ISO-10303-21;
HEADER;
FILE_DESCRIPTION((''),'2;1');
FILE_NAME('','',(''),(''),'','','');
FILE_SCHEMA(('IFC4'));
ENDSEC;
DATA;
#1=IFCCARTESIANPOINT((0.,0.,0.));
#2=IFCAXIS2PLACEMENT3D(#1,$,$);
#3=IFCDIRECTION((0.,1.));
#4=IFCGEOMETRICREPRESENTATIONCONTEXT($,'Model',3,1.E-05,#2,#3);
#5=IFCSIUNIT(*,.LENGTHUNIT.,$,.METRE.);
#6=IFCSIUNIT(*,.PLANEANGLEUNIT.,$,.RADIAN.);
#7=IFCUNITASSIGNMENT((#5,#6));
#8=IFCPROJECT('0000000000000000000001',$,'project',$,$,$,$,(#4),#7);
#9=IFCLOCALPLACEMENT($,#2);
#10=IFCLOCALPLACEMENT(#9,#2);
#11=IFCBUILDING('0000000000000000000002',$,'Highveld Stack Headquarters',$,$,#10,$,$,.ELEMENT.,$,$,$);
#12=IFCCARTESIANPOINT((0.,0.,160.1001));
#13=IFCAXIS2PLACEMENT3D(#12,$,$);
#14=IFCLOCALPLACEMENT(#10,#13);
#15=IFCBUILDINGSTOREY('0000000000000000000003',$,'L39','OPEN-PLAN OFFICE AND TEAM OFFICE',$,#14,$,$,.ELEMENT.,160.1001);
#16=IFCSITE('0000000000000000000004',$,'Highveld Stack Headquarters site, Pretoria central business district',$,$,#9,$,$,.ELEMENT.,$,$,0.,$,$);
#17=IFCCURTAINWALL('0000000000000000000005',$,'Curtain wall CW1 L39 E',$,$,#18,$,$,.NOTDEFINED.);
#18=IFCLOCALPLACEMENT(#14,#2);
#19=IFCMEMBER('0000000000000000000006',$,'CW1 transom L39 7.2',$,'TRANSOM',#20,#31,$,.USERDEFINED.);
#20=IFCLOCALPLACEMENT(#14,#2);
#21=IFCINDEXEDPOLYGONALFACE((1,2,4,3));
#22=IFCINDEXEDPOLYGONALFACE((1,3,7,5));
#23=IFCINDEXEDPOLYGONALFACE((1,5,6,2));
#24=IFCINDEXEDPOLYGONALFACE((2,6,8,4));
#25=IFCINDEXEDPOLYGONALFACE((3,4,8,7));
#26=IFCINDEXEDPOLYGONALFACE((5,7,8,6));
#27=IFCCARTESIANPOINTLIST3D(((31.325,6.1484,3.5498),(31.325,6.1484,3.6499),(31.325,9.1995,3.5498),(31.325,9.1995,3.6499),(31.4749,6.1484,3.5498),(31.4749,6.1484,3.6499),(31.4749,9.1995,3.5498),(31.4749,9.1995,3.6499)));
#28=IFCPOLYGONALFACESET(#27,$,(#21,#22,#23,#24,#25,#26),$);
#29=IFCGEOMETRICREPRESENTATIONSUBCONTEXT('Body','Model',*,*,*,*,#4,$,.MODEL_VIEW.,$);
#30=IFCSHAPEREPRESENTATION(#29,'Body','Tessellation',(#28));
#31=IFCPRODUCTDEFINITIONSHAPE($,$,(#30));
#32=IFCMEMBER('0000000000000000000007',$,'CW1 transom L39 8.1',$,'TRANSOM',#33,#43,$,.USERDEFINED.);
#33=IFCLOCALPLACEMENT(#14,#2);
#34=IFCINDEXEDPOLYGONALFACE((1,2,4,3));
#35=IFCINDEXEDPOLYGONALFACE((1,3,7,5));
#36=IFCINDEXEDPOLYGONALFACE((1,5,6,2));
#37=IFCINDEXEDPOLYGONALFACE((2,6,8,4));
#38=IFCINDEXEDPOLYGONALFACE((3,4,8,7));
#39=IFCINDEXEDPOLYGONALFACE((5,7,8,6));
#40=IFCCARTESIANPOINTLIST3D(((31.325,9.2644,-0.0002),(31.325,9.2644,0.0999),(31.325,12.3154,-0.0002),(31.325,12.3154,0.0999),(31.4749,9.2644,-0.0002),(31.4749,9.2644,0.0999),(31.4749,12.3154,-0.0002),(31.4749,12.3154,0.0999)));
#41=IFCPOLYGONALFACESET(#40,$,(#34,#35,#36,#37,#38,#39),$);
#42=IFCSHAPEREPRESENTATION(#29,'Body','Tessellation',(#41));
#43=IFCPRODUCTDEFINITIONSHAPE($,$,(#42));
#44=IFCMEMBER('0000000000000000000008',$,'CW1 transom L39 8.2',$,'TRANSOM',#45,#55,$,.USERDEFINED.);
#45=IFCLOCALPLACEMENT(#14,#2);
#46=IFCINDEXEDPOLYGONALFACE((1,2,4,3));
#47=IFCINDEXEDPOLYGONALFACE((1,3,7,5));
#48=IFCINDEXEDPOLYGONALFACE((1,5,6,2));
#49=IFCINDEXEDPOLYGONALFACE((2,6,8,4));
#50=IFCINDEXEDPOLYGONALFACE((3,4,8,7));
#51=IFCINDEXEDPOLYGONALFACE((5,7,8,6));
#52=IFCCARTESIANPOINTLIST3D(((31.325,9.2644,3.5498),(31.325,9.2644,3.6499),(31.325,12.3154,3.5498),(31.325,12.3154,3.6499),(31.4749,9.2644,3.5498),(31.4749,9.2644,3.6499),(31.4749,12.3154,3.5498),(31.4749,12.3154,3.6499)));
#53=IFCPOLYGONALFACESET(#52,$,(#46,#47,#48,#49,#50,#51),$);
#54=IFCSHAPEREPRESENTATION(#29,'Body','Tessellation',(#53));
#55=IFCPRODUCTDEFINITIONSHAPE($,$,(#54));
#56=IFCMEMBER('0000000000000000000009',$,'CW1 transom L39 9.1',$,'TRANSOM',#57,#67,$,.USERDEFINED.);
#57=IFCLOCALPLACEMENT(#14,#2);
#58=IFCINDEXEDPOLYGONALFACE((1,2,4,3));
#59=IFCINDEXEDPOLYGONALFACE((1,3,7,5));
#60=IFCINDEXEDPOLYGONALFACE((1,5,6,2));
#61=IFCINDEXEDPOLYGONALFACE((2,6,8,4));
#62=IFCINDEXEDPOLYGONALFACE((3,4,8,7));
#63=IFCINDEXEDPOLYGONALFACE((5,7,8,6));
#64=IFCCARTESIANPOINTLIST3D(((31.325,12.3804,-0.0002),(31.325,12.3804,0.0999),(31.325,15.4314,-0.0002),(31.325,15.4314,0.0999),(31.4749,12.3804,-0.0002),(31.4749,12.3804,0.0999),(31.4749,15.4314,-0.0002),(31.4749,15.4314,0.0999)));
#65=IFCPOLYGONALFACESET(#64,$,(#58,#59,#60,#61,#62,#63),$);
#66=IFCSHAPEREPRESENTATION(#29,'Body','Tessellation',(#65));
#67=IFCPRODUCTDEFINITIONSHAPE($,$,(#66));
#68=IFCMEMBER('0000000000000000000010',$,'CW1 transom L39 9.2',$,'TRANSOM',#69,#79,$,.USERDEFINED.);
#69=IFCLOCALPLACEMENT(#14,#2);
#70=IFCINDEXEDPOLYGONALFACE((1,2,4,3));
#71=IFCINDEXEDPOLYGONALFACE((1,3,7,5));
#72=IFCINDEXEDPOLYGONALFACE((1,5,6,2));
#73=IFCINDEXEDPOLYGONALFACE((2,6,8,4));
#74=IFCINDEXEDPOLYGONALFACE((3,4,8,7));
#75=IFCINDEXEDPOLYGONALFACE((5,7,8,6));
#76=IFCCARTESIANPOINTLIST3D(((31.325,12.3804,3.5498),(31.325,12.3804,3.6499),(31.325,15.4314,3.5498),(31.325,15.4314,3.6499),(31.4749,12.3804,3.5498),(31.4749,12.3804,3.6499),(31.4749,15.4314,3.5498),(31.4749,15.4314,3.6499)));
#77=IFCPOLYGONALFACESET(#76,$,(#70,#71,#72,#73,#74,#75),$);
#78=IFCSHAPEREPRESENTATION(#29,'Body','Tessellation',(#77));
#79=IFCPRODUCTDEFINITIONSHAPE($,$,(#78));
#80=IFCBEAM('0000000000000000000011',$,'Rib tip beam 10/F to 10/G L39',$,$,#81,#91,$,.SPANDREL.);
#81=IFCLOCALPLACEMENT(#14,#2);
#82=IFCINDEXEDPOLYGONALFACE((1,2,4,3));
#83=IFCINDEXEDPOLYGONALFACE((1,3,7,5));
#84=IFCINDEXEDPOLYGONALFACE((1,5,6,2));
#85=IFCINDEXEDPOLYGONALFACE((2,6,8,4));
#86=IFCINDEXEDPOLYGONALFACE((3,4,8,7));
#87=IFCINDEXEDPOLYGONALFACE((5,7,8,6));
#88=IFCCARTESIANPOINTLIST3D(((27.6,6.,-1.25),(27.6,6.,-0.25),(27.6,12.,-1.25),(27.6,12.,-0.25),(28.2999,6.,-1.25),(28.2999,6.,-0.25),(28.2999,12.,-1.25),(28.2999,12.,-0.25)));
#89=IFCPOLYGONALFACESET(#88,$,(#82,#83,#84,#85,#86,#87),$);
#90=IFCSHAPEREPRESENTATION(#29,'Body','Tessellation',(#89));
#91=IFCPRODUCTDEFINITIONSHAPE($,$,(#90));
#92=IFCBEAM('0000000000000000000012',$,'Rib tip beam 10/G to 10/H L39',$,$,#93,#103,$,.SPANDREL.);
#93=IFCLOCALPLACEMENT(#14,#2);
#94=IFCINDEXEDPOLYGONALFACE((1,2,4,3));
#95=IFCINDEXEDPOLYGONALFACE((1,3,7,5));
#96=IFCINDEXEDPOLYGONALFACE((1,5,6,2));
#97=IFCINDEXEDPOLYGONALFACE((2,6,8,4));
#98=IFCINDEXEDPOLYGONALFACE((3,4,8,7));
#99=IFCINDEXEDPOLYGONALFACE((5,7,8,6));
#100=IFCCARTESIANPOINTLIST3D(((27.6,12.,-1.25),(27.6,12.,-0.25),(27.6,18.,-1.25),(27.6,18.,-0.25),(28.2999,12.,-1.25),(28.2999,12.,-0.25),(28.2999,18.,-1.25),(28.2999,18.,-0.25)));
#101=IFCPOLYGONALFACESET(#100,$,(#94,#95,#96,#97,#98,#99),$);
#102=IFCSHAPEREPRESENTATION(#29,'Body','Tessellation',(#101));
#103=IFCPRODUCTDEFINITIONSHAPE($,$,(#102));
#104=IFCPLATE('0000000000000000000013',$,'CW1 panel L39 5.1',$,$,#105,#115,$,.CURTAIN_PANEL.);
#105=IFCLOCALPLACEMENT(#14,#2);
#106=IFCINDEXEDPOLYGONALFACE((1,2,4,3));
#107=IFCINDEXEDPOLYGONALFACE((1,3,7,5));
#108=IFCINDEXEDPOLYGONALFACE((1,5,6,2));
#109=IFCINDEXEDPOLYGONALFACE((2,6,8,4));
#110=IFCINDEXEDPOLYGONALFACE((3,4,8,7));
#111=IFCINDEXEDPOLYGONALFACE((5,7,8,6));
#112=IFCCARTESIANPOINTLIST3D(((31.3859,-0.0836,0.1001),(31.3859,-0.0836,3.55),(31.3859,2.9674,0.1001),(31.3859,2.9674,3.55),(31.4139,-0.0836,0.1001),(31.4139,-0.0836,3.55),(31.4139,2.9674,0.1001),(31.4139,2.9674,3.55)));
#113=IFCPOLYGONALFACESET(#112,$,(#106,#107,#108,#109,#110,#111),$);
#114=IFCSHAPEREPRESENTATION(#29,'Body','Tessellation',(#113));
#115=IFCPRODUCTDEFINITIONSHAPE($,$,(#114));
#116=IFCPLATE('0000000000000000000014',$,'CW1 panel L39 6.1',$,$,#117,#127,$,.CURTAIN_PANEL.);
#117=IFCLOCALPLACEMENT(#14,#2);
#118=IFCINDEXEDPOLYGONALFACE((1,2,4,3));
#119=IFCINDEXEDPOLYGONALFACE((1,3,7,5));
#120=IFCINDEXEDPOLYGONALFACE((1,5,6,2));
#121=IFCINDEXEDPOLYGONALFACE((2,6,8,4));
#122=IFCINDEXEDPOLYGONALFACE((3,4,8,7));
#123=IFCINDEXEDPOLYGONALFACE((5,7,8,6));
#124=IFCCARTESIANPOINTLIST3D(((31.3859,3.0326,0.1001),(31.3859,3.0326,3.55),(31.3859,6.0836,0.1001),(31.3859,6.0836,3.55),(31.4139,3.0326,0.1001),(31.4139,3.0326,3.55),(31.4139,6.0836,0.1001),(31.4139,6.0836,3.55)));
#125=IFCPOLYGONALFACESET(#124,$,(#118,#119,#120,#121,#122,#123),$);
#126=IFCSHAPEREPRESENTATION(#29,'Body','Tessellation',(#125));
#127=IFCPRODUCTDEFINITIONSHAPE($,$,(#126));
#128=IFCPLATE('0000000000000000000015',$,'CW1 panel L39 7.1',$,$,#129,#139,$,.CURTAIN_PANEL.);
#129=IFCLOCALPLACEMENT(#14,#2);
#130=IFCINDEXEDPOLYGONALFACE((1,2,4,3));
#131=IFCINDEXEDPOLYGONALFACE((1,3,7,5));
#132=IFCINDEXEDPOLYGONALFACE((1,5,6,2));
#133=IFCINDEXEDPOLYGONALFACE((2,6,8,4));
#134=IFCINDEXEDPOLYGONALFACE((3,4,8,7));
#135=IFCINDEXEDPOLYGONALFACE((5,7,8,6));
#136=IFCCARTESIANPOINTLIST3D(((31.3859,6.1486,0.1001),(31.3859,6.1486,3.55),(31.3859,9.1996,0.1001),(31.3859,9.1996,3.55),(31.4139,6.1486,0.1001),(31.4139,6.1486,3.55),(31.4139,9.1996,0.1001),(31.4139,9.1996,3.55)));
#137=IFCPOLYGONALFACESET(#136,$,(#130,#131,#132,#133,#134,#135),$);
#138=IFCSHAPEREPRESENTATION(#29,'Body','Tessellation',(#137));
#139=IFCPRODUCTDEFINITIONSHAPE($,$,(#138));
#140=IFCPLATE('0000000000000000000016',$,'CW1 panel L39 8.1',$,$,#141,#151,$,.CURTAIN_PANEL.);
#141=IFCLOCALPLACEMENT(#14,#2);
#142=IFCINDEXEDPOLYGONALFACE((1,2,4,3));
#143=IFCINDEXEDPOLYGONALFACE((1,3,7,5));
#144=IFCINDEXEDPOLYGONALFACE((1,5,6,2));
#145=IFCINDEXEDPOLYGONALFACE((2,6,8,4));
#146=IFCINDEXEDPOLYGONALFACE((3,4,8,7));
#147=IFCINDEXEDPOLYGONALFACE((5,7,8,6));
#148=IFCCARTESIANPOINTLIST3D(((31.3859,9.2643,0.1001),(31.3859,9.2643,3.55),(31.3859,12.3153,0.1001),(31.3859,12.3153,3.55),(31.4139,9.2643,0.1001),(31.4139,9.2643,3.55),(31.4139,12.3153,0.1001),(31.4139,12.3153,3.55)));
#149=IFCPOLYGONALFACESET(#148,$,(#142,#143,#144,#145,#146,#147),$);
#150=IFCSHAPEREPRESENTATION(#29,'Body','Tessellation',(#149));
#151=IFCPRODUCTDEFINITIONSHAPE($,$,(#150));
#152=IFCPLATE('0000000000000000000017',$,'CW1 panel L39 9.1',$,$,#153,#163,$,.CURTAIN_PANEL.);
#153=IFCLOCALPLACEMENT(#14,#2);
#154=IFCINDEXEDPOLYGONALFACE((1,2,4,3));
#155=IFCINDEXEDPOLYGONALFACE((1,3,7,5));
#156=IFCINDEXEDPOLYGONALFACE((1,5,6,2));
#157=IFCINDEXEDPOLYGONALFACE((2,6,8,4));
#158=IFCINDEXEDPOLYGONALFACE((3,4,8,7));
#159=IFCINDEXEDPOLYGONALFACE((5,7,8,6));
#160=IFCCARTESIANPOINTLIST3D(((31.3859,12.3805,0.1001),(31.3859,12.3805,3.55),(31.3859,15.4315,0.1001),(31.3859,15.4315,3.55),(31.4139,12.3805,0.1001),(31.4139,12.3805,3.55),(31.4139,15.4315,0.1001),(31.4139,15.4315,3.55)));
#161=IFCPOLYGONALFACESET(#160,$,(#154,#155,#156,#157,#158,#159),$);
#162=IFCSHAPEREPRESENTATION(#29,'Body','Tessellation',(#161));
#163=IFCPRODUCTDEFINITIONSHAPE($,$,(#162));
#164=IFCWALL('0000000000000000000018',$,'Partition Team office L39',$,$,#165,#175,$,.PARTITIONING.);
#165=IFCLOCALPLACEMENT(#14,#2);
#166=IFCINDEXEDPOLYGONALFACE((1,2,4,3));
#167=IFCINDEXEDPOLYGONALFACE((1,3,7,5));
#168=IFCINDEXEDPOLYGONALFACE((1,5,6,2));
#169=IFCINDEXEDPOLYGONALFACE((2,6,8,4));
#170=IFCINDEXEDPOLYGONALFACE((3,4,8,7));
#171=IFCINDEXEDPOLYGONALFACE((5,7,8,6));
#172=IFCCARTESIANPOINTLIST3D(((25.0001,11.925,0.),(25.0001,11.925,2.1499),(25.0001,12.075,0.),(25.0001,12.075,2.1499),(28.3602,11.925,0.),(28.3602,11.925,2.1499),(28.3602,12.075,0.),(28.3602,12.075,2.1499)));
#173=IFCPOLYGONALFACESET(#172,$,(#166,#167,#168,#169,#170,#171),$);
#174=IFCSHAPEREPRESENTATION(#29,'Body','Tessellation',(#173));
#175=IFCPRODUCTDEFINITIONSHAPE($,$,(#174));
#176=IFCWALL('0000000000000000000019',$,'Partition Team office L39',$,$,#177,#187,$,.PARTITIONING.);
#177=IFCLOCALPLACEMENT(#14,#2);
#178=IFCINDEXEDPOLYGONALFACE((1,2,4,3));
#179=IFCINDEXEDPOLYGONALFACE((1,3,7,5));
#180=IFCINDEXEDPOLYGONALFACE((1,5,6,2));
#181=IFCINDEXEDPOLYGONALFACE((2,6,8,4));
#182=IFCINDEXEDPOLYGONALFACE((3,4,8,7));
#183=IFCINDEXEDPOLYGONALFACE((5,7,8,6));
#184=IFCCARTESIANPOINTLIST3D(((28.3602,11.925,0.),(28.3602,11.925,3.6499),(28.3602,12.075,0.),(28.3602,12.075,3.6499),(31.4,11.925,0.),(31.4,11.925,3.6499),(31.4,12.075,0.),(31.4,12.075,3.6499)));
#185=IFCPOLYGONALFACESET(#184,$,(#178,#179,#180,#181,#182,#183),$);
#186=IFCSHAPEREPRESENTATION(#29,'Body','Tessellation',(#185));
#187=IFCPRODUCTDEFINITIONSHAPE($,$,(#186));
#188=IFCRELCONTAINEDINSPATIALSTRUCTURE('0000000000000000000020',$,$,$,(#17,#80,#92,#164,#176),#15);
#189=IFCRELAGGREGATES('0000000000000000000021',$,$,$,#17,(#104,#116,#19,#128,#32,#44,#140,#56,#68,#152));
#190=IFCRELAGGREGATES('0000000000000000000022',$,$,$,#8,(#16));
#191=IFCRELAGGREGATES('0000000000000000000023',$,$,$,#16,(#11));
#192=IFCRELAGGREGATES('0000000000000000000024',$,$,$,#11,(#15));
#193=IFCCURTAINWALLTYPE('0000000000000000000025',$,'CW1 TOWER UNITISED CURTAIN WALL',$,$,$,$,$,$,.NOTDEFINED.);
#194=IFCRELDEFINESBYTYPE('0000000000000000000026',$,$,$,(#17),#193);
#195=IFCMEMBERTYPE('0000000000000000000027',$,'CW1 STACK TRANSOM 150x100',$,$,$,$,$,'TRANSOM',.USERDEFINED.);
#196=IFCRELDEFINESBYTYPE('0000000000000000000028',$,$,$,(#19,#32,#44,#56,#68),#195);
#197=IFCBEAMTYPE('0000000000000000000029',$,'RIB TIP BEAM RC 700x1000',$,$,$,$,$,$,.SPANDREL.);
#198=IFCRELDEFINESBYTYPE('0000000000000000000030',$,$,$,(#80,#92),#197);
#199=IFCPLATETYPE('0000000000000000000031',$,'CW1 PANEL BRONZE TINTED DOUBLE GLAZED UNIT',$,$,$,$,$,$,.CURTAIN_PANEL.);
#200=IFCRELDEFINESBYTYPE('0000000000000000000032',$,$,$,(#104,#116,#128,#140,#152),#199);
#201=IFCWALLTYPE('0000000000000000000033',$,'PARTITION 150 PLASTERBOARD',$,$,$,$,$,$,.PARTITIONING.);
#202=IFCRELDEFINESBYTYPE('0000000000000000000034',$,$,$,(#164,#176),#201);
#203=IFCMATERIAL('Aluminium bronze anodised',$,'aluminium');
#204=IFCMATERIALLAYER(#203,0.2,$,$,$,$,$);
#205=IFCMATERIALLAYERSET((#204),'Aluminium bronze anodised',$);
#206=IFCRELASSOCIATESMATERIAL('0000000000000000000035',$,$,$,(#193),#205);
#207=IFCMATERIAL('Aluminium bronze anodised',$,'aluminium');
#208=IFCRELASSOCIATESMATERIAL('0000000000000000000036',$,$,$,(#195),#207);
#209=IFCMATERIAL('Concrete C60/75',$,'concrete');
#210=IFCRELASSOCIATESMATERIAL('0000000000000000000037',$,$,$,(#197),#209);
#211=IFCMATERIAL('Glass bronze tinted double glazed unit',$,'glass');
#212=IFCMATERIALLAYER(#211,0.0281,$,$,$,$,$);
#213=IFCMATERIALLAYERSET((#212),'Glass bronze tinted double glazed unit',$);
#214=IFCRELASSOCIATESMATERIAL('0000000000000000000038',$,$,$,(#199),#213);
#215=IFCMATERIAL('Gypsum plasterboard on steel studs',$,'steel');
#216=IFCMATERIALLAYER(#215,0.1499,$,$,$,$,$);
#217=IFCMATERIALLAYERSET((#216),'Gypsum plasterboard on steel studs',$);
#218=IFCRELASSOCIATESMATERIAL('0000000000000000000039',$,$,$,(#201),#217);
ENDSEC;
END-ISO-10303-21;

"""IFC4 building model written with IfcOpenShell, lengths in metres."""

from ifc_helpers import new_model, si_unit, direction, frame, frame_2d, origin, origin_2d, place, context, subcontext, project, spatial, rectangle, extrude, material, layer, layer_set, material_profile, profile_set, type_object, element, aggregate, save


model = new_model("IFC4")

# Units and contexts
model_context = context("Model", 3, precision=1e-05, world=origin(), true_north=direction((0.0, 1.0)))
body_context = subcontext(model_context, "Body", "Model", "MODEL_VIEW")
ifc_project = project(units=[si_unit("LENGTHUNIT", "METRE"), si_unit("PLANEANGLEUNIT", "RADIAN")], contexts=[model_context])

# Site, building, storey
site_placement = place(None, origin())
site = spatial("IfcSite", under=ifc_project, at=site_placement, Name="Highveld Stack Headquarters site, Pretoria central business district", CompositionType="ELEMENT", RefElevation=0.0)
building_placement = place(site_placement, origin())
building = spatial("IfcBuilding", under=site, at=building_placement, Name="Highveld Stack Headquarters", CompositionType="ELEMENT")
storey_placement = place(building_placement, frame((0.0, 0.0, 160.1001)))
storey = spatial("IfcBuildingStorey", under=building, at=storey_placement, Name="L39", Description="OPEN-PLAN OFFICE AND TEAM OFFICE", CompositionType="ELEMENT", Elevation=160.1001)

# Curtain wall, members
ifc_material_1 = material(Name="Aluminium bronze anodised", Category="aluminium")
ifc_layer_1 = layer(ifc_material_1, 0.2)
ifc_layer_set_1 = layer_set([ifc_layer_1], Name="Aluminium bronze anodised")
curtain_wall_type = type_object("IfcCurtainWallType", Name="CW1 TOWER UNITISED CURTAIN WALL", PredefinedType="NOTDEFINED", material=ifc_layer_set_1)
curtain_wall_placement = place(storey_placement, origin())
curtain_wall = element("IfcCurtainWall", 1, at=curtain_wall_placement, inside=storey, type_object=curtain_wall_type, Name="Curtain wall CW1 L39 E", PredefinedType="NOTDEFINED")
ifc_material_2 = material(Name="Aluminium bronze anodised", Category="aluminium")
ifc_material_profile_1 = material_profile(ifc_material_2, rectangle(XDim=0.1499, YDim=0.1001, at=origin_2d()), Name="CW1 TRANSOM 150x100")
ifc_profile_set_1 = profile_set([ifc_material_profile_1], Name="Aluminium bronze anodised")
member_type_1 = type_object("IfcMemberType", Name="CW1 STACK TRANSOM 150x100", ElementType="TRANSOM", PredefinedType="USERDEFINED", material=ifc_profile_set_1)
member_1_placement = place(storey_placement, frame((31.3999, 6.1484, 3.5999), z_axis=(0.0, 1.0, 0.0), x_axis=(-1.0, 0.0, 0.0)))
member_1 = element("IfcMember", 2, at=member_1_placement, type_object=member_type_1, Name="CW1 transom L39 7.2", ObjectType="TRANSOM", PredefinedType="USERDEFINED", context=body_context, shape_type="SweptSolid", body=[
    extrude(rectangle(XDim=0.1499, YDim=0.1001, at=origin_2d()), origin(), (0.0, 0.0, 1.0), 3.051),
])
member_2_placement = place(storey_placement, frame((31.3999, 9.2644, 0.0498), z_axis=(0.0, 1.0, 0.0), x_axis=(-1.0, 0.0, 0.0)))
member_2 = element("IfcMember", 3, at=member_2_placement, type_object=member_type_1, Name="CW1 transom L39 8.1", ObjectType="TRANSOM", PredefinedType="USERDEFINED", context=body_context, shape_type="SweptSolid", body=[
    extrude(rectangle(XDim=0.1499, YDim=0.1001, at=origin_2d()), origin(), (0.0, 0.0, 1.0), 3.051),
])
member_3_placement = place(storey_placement, frame((31.3999, 9.2644, 3.5999), z_axis=(0.0, 1.0, 0.0), x_axis=(-1.0, 0.0, 0.0)))
member_3 = element("IfcMember", 4, at=member_3_placement, type_object=member_type_1, Name="CW1 transom L39 8.2", ObjectType="TRANSOM", PredefinedType="USERDEFINED", context=body_context, shape_type="SweptSolid", body=[
    extrude(rectangle(XDim=0.1499, YDim=0.1001, at=origin_2d()), origin(), (0.0, 0.0, 1.0), 3.051),
])
member_4_placement = place(storey_placement, frame((31.3999, 12.3804, 0.0498), z_axis=(0.0, 1.0, 0.0), x_axis=(-1.0, 0.0, 0.0)))
member_4 = element("IfcMember", 5, at=member_4_placement, type_object=member_type_1, Name="CW1 transom L39 9.1", ObjectType="TRANSOM", PredefinedType="USERDEFINED", context=body_context, shape_type="SweptSolid", body=[
    extrude(rectangle(XDim=0.1499, YDim=0.1001, at=origin_2d()), origin(), (0.0, 0.0, 1.0), 3.051),
])
member_5_placement = place(storey_placement, frame((31.3999, 12.3804, 3.5999), z_axis=(0.0, 1.0, 0.0), x_axis=(-1.0, 0.0, 0.0)))
member_5 = element("IfcMember", 6, at=member_5_placement, type_object=member_type_1, Name="CW1 transom L39 9.2", ObjectType="TRANSOM", PredefinedType="USERDEFINED", context=body_context, shape_type="SweptSolid", body=[
    extrude(rectangle(XDim=0.1499, YDim=0.1001, at=origin_2d()), origin(), (0.0, 0.0, 1.0), 3.051),
])

# Beams
ifc_material_3 = material(Name="Concrete C60/75", Category="concrete")
ifc_material_profile_2 = material_profile(ifc_material_3, rectangle(XDim=0.7, YDim=1.0, at=origin_2d()), Name="RC 700x1000")
ifc_profile_set_2 = profile_set([ifc_material_profile_2], Name="Concrete C60/75")
beam_type_1 = type_object("IfcBeamType", Name="RIB TIP BEAM RC 700x1000", PredefinedType="SPANDREL", material=ifc_profile_set_2)
for number, where, z_axis, x_axis, name in (
    (7, (27.95, 6.0, -0.75), (0.0, 1.0, 0.0), (-1.0, 0.0, 0.0), "Rib tip beam 10/F to 10/G L39"),
    (8, (27.95, 12.0, -0.75), (0.0, 1.0, 0.0), (-1.0, 0.0, 0.0), "Rib tip beam 10/G to 10/H L39"),
):
    element("IfcBeam", number, at=place(storey_placement, frame(where, z_axis=z_axis, x_axis=x_axis)), inside=storey, type_object=beam_type_1, Name=name, PredefinedType="SPANDREL", context=body_context, shape_type="SweptSolid", body=[
        extrude(rectangle(XDim=0.7, YDim=1.0, at=origin_2d()), origin(), (0.0, 0.0, 1.0), 6.0),
    ])

# Plates
ifc_material_4 = material(Name="Glass bronze tinted double glazed unit", Category="glass")
ifc_layer_2 = layer(ifc_material_4, 0.0281)
ifc_layer_set_2 = layer_set([ifc_layer_2], Name="Glass bronze tinted double glazed unit")
plate_type = type_object("IfcPlateType", Name="CW1 PANEL BRONZE TINTED DOUBLE GLAZED UNIT", PredefinedType="CURTAIN_PANEL", material=ifc_layer_set_2)
plate_1_placement = place(storey_placement, frame((31.3999, 1.4419, 0.1001), z_axis=(0.0, 0.0, 1.0), x_axis=(0.0, 1.0, 0.0)))
plate_1 = element("IfcPlate", 9, at=plate_1_placement, type_object=plate_type, Name="CW1 panel L39 5.1", PredefinedType="CURTAIN_PANEL", context=body_context, shape_type="SweptSolid", body=[
    extrude(rectangle(XDim=3.051, YDim=0.0281, at=origin_2d()), origin(), (0.0, 0.0, 1.0), 3.45),
])
plate_2_placement = place(storey_placement, frame((31.3999, 4.5581, 0.1001), z_axis=(0.0, 0.0, 1.0), x_axis=(0.0, 1.0, 0.0)))
plate_2 = element("IfcPlate", 10, at=plate_2_placement, type_object=plate_type, Name="CW1 panel L39 6.1", PredefinedType="CURTAIN_PANEL", context=body_context, shape_type="SweptSolid", body=[
    extrude(rectangle(XDim=3.051, YDim=0.0281, at=origin_2d()), origin(), (0.0, 0.0, 1.0), 3.45),
])
plate_3_placement = place(storey_placement, frame((31.3999, 7.6741, 0.1001), z_axis=(0.0, 0.0, 1.0), x_axis=(0.0, 1.0, 0.0)))
plate_3 = element("IfcPlate", 11, at=plate_3_placement, type_object=plate_type, Name="CW1 panel L39 7.1", PredefinedType="CURTAIN_PANEL", context=body_context, shape_type="SweptSolid", body=[
    extrude(rectangle(XDim=3.051, YDim=0.0281, at=origin_2d()), origin(), (0.0, 0.0, 1.0), 3.45),
])
plate_4_placement = place(storey_placement, frame((31.3999, 10.7898, 0.1001), z_axis=(0.0, 0.0, 1.0), x_axis=(0.0, 1.0, 0.0)))
plate_4 = element("IfcPlate", 12, at=plate_4_placement, type_object=plate_type, Name="CW1 panel L39 8.1", PredefinedType="CURTAIN_PANEL", context=body_context, shape_type="SweptSolid", body=[
    extrude(rectangle(XDim=3.051, YDim=0.0281, at=origin_2d()), origin(), (0.0, 0.0, 1.0), 3.45),
])
plate_5_placement = place(storey_placement, frame((31.3999, 13.906, 0.1001), z_axis=(0.0, 0.0, 1.0), x_axis=(0.0, 1.0, 0.0)))
plate_5 = element("IfcPlate", 13, at=plate_5_placement, type_object=plate_type, Name="CW1 panel L39 9.1", PredefinedType="CURTAIN_PANEL", context=body_context, shape_type="SweptSolid", body=[
    extrude(rectangle(XDim=3.051, YDim=0.0281, at=origin_2d()), origin(), (0.0, 0.0, 1.0), 3.45),
])
aggregate(curtain_wall, [plate_1, plate_2, member_1, plate_3, member_2, member_3, plate_4, member_4, member_5, plate_5])

# Walls
ifc_material_5 = material(Name="Gypsum plasterboard on steel studs", Category="steel")
ifc_layer_3 = layer(ifc_material_5, 0.1499)
ifc_layer_set_3 = layer_set([ifc_layer_3], Name="Gypsum plasterboard on steel studs")
wall_type = type_object("IfcWallType", Name="PARTITION 150 PLASTERBOARD", PredefinedType="PARTITIONING", material=ifc_layer_set_3)
wall_1_placement = place(storey_placement, frame((25.0, 12.0, 0.0), z_axis=(0.0, 0.0, 1.0), x_axis=(1.0, 0.0, 0.0)))
element("IfcWall", 14, at=wall_1_placement, inside=storey, type_object=wall_type, Name="Partition Team office L39", PredefinedType="PARTITIONING", context=body_context, shape_type="SweptSolid", body=[
    extrude(rectangle(XDim=3.3601, YDim=0.1499, at=frame_2d((1.6802, 0.0))), origin(), (0.0, 0.0, 1.0), 2.1499),
])
wall_2_placement = place(storey_placement, frame((28.3601, 12.0, 0.0), z_axis=(0.0, 0.0, 1.0), x_axis=(1.0, 0.0, 0.0)))
element("IfcWall", 15, at=wall_2_placement, inside=storey, type_object=wall_type, Name="Partition Team office L39", PredefinedType="PARTITIONING", context=body_context, shape_type="SweptSolid", body=[
    extrude(rectangle(XDim=3.0398, YDim=0.1499, at=frame_2d((1.52, 0.0))), origin(), (0.0, 0.0, 1.0), 3.6499),
])

save(model, "model.ifc")
